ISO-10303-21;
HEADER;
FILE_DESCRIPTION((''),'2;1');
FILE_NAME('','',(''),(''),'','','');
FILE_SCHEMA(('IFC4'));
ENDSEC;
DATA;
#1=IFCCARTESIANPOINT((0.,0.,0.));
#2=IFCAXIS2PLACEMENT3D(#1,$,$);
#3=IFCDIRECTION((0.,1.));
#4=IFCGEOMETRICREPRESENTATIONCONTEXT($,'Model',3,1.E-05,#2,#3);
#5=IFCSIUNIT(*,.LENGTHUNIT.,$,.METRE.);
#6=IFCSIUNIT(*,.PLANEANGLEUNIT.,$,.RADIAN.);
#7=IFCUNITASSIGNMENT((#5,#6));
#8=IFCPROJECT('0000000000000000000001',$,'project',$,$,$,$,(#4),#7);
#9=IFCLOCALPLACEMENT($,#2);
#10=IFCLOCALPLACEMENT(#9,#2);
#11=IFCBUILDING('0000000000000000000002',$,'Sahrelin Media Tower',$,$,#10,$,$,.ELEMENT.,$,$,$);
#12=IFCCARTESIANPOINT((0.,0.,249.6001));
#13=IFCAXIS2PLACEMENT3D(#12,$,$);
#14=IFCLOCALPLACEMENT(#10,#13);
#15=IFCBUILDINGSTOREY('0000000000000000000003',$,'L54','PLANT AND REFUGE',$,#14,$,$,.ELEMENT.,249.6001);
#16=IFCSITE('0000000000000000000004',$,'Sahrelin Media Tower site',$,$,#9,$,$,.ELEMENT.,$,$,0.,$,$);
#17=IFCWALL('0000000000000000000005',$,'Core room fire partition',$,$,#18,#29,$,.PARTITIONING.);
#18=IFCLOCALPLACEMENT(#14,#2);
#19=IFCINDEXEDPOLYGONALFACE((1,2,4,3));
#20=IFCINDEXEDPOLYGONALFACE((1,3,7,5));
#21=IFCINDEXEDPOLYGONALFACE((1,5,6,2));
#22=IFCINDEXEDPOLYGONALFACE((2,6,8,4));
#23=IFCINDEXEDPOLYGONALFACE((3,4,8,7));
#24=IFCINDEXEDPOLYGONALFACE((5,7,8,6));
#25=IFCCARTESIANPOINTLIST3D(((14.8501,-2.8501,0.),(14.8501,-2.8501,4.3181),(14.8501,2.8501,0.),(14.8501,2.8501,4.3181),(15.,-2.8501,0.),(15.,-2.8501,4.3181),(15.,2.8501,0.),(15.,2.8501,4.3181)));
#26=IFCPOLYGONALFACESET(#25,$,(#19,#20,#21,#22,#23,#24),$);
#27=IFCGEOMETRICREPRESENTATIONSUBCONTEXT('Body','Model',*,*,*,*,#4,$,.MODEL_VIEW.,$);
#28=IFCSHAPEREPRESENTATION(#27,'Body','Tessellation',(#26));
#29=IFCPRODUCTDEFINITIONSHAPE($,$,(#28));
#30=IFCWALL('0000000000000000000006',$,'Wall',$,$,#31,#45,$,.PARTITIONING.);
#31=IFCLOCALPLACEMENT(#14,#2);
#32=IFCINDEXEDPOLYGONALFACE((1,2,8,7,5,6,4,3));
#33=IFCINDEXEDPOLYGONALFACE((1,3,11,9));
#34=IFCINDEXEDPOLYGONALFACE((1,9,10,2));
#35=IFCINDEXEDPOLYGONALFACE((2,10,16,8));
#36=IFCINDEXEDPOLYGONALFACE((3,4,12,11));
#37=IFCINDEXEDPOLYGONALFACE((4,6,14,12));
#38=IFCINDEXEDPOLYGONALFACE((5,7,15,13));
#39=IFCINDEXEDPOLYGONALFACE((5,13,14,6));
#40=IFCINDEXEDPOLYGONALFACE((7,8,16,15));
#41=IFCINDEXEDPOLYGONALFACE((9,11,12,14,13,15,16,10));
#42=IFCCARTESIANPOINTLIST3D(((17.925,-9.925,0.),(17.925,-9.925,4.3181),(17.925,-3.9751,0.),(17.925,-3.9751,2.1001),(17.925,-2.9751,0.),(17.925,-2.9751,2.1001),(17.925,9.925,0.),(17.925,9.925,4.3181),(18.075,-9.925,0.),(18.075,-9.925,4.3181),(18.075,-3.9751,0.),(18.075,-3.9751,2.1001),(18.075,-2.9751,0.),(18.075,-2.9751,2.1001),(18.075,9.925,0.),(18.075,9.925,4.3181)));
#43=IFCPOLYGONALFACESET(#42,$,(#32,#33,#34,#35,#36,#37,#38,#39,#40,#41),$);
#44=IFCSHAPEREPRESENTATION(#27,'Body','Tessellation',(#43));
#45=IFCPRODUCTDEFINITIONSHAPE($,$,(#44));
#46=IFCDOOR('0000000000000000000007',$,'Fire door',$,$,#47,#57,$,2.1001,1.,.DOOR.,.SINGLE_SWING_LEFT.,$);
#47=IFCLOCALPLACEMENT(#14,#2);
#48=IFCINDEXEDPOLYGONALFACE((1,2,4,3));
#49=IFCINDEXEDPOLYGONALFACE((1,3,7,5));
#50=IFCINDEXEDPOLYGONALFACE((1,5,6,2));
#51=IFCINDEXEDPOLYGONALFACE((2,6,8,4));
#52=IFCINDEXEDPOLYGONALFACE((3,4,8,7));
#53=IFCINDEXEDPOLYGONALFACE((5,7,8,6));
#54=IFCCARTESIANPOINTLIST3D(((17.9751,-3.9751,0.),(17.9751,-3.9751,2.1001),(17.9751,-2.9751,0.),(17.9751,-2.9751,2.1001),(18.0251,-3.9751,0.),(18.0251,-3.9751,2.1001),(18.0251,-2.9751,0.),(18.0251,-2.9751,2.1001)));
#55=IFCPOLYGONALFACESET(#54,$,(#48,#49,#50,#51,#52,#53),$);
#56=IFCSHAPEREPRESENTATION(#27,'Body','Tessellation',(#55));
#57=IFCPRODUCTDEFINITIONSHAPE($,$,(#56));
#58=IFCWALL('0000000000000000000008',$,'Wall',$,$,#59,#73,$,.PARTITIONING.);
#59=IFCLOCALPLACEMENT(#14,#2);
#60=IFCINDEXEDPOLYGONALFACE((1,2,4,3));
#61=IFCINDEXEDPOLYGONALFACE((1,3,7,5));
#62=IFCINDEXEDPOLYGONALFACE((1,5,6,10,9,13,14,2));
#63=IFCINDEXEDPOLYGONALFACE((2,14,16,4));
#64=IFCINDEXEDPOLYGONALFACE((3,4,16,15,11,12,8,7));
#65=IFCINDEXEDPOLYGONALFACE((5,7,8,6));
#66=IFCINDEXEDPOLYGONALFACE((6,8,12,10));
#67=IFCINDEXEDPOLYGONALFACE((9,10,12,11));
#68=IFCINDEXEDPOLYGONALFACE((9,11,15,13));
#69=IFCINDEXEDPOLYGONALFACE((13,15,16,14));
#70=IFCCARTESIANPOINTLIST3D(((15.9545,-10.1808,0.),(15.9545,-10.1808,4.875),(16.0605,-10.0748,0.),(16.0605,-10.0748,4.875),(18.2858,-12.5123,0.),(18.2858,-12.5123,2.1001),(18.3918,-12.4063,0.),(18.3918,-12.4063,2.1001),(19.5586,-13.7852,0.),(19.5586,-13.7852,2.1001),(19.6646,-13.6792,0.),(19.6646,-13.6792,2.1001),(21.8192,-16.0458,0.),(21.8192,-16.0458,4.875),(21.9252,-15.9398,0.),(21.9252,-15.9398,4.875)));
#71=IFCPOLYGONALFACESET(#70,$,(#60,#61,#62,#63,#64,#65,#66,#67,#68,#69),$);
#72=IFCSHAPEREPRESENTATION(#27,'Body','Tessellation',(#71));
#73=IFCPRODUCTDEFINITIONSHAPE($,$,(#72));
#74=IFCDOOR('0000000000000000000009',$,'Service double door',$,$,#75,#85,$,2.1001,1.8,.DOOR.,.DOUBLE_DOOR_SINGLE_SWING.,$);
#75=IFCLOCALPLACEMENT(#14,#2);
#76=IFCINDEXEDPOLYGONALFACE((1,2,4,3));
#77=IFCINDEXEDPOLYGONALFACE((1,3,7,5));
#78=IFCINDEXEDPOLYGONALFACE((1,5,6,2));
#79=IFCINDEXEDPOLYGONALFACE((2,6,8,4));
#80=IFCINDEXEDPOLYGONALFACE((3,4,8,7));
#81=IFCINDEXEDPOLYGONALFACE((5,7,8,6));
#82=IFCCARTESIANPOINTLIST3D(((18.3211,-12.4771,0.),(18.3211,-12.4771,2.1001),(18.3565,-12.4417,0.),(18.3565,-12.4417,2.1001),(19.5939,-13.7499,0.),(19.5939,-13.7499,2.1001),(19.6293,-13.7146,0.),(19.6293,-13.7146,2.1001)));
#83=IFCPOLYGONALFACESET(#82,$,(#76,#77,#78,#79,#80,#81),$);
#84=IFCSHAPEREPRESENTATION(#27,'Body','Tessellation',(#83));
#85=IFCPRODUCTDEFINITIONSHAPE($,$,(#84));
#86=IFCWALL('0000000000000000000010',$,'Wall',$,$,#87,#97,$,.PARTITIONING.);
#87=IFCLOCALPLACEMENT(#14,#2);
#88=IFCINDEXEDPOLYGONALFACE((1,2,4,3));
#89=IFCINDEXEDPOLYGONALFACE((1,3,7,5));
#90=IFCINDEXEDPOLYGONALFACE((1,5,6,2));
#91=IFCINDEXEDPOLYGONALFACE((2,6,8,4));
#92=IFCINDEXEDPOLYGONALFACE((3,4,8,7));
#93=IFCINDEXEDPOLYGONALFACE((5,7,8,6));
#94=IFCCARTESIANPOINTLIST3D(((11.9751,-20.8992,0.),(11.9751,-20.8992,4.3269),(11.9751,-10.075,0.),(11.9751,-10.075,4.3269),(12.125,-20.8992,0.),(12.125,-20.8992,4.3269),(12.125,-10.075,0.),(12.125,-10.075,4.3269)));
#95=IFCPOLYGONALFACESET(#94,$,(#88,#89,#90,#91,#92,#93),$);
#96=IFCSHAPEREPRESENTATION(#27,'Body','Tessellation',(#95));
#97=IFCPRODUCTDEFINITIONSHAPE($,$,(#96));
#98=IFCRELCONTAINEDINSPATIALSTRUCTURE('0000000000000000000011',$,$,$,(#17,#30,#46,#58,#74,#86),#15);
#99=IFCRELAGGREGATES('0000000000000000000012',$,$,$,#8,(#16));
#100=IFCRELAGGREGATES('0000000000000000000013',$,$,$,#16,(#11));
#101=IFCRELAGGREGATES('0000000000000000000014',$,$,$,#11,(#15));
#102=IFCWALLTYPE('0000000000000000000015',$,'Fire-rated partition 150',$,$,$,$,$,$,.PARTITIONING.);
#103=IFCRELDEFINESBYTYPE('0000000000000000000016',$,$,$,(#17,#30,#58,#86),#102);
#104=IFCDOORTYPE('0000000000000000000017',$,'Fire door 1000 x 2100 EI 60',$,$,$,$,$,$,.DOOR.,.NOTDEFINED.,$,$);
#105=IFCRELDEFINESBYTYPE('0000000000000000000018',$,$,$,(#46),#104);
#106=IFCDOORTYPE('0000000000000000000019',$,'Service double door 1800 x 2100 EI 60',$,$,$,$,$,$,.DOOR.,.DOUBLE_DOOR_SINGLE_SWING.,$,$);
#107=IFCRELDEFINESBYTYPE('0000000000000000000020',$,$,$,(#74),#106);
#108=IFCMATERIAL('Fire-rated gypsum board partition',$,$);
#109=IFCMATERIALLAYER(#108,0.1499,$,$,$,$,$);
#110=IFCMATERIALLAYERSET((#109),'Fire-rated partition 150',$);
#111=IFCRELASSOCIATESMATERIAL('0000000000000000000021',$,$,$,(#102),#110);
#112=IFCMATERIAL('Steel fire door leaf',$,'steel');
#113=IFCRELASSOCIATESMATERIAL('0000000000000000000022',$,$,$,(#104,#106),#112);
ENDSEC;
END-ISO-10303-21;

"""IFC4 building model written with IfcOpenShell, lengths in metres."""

from ifc_helpers import new_model, si_unit, direction, frame, frame_2d, origin, place, context, subcontext, project, spatial, rectangle, extrude, material, layer, layer_set, type_object, element, fill, save


model = new_model("IFC4")

# Units and contexts
model_context = context("Model", 3, precision=1e-05, world=origin(), true_north=direction((0.0, 1.0)))
body_context = subcontext(model_context, "Body", "Model", "MODEL_VIEW")
ifc_project = project(units=[si_unit("LENGTHUNIT", "METRE"), si_unit("PLANEANGLEUNIT", "RADIAN")], contexts=[model_context])

# Site, building, storey
site_placement = place(None, origin())
site = spatial("IfcSite", under=ifc_project, at=site_placement, Name="Sahrelin Media Tower site", CompositionType="ELEMENT", RefElevation=0.0)
building_placement = place(site_placement, origin())
building = spatial("IfcBuilding", under=site, at=building_placement, Name="Sahrelin Media Tower", CompositionType="ELEMENT")
storey_placement = place(building_placement, frame((0.0, 0.0, 249.6001)))
storey = spatial("IfcBuildingStorey", under=building, at=storey_placement, Name="L54", Description="PLANT AND REFUGE", CompositionType="ELEMENT", Elevation=249.6001)

# Wall
ifc_material_1 = material(Name="Fire-rated gypsum board partition")
ifc_layer = layer(ifc_material_1, 0.1499)
ifc_layer_set = layer_set([ifc_layer], Name="Fire-rated partition 150")
wall_type = type_object("IfcWallType", Name="Fire-rated partition 150", PredefinedType="PARTITIONING", material=ifc_layer_set)
wall_1_placement = place(storey_placement, frame((14.925, -2.8501, 0.0), z_axis=(0.0, 0.0, 1.0), x_axis=(0.0, 1.0, 0.0)))
element("IfcWall", 1, at=wall_1_placement, inside=storey, type_object=wall_type, Name="Core room fire partition", PredefinedType="PARTITIONING", context=body_context, shape_type="SweptSolid", body=[
    extrude(rectangle(XDim=5.7002, YDim=0.1499, at=frame_2d((2.8501, 0.0))), origin(), (0.0, 0.0, 1.0), 4.3181),
])

# Walls, openings, doors
wall_2_placement = place(storey_placement, frame((18.0, -9.925, 0.0), z_axis=(0.0, 0.0, 1.0), x_axis=(0.0, 1.0, 0.0)))
wall_2 = element("IfcWall", 2, at=wall_2_placement, inside=storey, type_object=wall_type, Name="Wall", PredefinedType="PARTITIONING", context=body_context, shape_type="SweptSolid", body=[
    extrude(rectangle(XDim=19.8501, YDim=0.1499, at=frame_2d((9.925, 0.0))), origin(), (0.0, 0.0, 1.0), 4.3181),
])
opening_1_placement = place(wall_2_placement, frame((5.95, 0.0, 0.0)))
opening_1 = element("IfcOpeningElement", 3, at=opening_1_placement, cuts=wall_2, PredefinedType="OPENING", context=body_context, shape_type="SweptSolid", body=[
    extrude(rectangle(XDim=1.0, YDim=2.1001, at=frame_2d((0.5, 1.05))), frame((0.0, 0.075, 0.0), z_axis=(0.0, -1.0, 0.0), x_axis=(1.0, 0.0, 0.0)), (0.0, 0.0, 1.0), 0.1499),
])
ifc_material_2 = material(Name="Steel fire door leaf", Category="steel")
door_type_1 = type_object("IfcDoorType", Name="Fire door 1000 x 2100 EI 60", OperationType="NOTDEFINED", PredefinedType="DOOR", material=ifc_material_2)
door_1_placement = place(opening_1_placement, origin())
door_1 = element("IfcDoor", 4, at=door_1_placement, inside=storey, type_object=door_type_1, Name="Fire door", OperationType="SINGLE_SWING_LEFT", OverallHeight=2.1001, OverallWidth=1.0, PredefinedType="DOOR", context=body_context, shape_type="SweptSolid", body=[
    extrude(rectangle(XDim=1.0, YDim=2.1001, at=frame_2d((0.5, 1.05))), frame((0.0, 0.0249, 0.0), z_axis=(0.0, -1.0, 0.0), x_axis=(1.0, 0.0, 0.0)), (0.0, 0.0, 1.0), 0.05),
])
fill(opening_1, door_1)
wall_3_placement = place(storey_placement, frame((16.0076, -10.1279, 0.0), z_axis=(0.0, 0.0, 1.0), x_axis=(0.707092, -0.707121, 0.0)))
wall_3 = element("IfcWall", 5, at=wall_3_placement, inside=storey, type_object=wall_type, Name="Wall", PredefinedType="PARTITIONING", context=body_context, shape_type="SweptSolid", body=[
    extrude(rectangle(XDim=8.2942, YDim=0.1499, at=frame_2d((4.147, 0.0))), origin(), (0.0, 0.0, 1.0), 4.875),
])
opening_2_placement = place(wall_3_placement, frame((3.2971, 0.0, 0.0)))
opening_2 = element("IfcOpeningElement", 6, at=opening_2_placement, cuts=wall_3, PredefinedType="OPENING", context=body_context, shape_type="SweptSolid", body=[
    extrude(rectangle(XDim=1.8, YDim=2.1001, at=frame_2d((0.8999, 1.05))), frame((0.0, 0.075, 0.0), z_axis=(0.0, -1.0, 0.0), x_axis=(1.0, 0.0, 0.0)), (0.0, 0.0, 1.0), 0.1499),
])
door_type_2 = type_object("IfcDoorType", Name="Service double door 1800 x 2100 EI 60", OperationType="DOUBLE_DOOR_SINGLE_SWING", PredefinedType="DOOR", material=ifc_material_2)
door_2_placement = place(opening_2_placement, origin())
door_2 = element("IfcDoor", 7, at=door_2_placement, inside=storey, type_object=door_type_2, Name="Service double door", OperationType="DOUBLE_DOOR_SINGLE_SWING", OverallHeight=2.1001, OverallWidth=1.8, PredefinedType="DOOR", context=body_context, shape_type="SweptSolid", body=[
    extrude(rectangle(XDim=1.8, YDim=2.1001, at=frame_2d((0.8999, 1.05))), frame((0.0, 0.0249, 0.0), z_axis=(0.0, -1.0, 0.0), x_axis=(1.0, 0.0, 0.0)), (0.0, 0.0, 1.0), 0.05),
])
fill(opening_2, door_2)

# Wall
wall_4_placement = place(storey_placement, frame((12.05, -10.075, 0.0), z_axis=(0.0, 0.0, 1.0), x_axis=(0.0, -1.0, 0.0)))
element("IfcWall", 8, at=wall_4_placement, inside=storey, type_object=wall_type, Name="Wall", PredefinedType="PARTITIONING", context=body_context, shape_type="SweptSolid", body=[
    extrude(rectangle(XDim=10.8242, YDim=0.1499, at=frame_2d((5.4121, 0.0))), origin(), (0.0, 0.0, 1.0), 4.3269),
])

save(model, "model.ifc")
